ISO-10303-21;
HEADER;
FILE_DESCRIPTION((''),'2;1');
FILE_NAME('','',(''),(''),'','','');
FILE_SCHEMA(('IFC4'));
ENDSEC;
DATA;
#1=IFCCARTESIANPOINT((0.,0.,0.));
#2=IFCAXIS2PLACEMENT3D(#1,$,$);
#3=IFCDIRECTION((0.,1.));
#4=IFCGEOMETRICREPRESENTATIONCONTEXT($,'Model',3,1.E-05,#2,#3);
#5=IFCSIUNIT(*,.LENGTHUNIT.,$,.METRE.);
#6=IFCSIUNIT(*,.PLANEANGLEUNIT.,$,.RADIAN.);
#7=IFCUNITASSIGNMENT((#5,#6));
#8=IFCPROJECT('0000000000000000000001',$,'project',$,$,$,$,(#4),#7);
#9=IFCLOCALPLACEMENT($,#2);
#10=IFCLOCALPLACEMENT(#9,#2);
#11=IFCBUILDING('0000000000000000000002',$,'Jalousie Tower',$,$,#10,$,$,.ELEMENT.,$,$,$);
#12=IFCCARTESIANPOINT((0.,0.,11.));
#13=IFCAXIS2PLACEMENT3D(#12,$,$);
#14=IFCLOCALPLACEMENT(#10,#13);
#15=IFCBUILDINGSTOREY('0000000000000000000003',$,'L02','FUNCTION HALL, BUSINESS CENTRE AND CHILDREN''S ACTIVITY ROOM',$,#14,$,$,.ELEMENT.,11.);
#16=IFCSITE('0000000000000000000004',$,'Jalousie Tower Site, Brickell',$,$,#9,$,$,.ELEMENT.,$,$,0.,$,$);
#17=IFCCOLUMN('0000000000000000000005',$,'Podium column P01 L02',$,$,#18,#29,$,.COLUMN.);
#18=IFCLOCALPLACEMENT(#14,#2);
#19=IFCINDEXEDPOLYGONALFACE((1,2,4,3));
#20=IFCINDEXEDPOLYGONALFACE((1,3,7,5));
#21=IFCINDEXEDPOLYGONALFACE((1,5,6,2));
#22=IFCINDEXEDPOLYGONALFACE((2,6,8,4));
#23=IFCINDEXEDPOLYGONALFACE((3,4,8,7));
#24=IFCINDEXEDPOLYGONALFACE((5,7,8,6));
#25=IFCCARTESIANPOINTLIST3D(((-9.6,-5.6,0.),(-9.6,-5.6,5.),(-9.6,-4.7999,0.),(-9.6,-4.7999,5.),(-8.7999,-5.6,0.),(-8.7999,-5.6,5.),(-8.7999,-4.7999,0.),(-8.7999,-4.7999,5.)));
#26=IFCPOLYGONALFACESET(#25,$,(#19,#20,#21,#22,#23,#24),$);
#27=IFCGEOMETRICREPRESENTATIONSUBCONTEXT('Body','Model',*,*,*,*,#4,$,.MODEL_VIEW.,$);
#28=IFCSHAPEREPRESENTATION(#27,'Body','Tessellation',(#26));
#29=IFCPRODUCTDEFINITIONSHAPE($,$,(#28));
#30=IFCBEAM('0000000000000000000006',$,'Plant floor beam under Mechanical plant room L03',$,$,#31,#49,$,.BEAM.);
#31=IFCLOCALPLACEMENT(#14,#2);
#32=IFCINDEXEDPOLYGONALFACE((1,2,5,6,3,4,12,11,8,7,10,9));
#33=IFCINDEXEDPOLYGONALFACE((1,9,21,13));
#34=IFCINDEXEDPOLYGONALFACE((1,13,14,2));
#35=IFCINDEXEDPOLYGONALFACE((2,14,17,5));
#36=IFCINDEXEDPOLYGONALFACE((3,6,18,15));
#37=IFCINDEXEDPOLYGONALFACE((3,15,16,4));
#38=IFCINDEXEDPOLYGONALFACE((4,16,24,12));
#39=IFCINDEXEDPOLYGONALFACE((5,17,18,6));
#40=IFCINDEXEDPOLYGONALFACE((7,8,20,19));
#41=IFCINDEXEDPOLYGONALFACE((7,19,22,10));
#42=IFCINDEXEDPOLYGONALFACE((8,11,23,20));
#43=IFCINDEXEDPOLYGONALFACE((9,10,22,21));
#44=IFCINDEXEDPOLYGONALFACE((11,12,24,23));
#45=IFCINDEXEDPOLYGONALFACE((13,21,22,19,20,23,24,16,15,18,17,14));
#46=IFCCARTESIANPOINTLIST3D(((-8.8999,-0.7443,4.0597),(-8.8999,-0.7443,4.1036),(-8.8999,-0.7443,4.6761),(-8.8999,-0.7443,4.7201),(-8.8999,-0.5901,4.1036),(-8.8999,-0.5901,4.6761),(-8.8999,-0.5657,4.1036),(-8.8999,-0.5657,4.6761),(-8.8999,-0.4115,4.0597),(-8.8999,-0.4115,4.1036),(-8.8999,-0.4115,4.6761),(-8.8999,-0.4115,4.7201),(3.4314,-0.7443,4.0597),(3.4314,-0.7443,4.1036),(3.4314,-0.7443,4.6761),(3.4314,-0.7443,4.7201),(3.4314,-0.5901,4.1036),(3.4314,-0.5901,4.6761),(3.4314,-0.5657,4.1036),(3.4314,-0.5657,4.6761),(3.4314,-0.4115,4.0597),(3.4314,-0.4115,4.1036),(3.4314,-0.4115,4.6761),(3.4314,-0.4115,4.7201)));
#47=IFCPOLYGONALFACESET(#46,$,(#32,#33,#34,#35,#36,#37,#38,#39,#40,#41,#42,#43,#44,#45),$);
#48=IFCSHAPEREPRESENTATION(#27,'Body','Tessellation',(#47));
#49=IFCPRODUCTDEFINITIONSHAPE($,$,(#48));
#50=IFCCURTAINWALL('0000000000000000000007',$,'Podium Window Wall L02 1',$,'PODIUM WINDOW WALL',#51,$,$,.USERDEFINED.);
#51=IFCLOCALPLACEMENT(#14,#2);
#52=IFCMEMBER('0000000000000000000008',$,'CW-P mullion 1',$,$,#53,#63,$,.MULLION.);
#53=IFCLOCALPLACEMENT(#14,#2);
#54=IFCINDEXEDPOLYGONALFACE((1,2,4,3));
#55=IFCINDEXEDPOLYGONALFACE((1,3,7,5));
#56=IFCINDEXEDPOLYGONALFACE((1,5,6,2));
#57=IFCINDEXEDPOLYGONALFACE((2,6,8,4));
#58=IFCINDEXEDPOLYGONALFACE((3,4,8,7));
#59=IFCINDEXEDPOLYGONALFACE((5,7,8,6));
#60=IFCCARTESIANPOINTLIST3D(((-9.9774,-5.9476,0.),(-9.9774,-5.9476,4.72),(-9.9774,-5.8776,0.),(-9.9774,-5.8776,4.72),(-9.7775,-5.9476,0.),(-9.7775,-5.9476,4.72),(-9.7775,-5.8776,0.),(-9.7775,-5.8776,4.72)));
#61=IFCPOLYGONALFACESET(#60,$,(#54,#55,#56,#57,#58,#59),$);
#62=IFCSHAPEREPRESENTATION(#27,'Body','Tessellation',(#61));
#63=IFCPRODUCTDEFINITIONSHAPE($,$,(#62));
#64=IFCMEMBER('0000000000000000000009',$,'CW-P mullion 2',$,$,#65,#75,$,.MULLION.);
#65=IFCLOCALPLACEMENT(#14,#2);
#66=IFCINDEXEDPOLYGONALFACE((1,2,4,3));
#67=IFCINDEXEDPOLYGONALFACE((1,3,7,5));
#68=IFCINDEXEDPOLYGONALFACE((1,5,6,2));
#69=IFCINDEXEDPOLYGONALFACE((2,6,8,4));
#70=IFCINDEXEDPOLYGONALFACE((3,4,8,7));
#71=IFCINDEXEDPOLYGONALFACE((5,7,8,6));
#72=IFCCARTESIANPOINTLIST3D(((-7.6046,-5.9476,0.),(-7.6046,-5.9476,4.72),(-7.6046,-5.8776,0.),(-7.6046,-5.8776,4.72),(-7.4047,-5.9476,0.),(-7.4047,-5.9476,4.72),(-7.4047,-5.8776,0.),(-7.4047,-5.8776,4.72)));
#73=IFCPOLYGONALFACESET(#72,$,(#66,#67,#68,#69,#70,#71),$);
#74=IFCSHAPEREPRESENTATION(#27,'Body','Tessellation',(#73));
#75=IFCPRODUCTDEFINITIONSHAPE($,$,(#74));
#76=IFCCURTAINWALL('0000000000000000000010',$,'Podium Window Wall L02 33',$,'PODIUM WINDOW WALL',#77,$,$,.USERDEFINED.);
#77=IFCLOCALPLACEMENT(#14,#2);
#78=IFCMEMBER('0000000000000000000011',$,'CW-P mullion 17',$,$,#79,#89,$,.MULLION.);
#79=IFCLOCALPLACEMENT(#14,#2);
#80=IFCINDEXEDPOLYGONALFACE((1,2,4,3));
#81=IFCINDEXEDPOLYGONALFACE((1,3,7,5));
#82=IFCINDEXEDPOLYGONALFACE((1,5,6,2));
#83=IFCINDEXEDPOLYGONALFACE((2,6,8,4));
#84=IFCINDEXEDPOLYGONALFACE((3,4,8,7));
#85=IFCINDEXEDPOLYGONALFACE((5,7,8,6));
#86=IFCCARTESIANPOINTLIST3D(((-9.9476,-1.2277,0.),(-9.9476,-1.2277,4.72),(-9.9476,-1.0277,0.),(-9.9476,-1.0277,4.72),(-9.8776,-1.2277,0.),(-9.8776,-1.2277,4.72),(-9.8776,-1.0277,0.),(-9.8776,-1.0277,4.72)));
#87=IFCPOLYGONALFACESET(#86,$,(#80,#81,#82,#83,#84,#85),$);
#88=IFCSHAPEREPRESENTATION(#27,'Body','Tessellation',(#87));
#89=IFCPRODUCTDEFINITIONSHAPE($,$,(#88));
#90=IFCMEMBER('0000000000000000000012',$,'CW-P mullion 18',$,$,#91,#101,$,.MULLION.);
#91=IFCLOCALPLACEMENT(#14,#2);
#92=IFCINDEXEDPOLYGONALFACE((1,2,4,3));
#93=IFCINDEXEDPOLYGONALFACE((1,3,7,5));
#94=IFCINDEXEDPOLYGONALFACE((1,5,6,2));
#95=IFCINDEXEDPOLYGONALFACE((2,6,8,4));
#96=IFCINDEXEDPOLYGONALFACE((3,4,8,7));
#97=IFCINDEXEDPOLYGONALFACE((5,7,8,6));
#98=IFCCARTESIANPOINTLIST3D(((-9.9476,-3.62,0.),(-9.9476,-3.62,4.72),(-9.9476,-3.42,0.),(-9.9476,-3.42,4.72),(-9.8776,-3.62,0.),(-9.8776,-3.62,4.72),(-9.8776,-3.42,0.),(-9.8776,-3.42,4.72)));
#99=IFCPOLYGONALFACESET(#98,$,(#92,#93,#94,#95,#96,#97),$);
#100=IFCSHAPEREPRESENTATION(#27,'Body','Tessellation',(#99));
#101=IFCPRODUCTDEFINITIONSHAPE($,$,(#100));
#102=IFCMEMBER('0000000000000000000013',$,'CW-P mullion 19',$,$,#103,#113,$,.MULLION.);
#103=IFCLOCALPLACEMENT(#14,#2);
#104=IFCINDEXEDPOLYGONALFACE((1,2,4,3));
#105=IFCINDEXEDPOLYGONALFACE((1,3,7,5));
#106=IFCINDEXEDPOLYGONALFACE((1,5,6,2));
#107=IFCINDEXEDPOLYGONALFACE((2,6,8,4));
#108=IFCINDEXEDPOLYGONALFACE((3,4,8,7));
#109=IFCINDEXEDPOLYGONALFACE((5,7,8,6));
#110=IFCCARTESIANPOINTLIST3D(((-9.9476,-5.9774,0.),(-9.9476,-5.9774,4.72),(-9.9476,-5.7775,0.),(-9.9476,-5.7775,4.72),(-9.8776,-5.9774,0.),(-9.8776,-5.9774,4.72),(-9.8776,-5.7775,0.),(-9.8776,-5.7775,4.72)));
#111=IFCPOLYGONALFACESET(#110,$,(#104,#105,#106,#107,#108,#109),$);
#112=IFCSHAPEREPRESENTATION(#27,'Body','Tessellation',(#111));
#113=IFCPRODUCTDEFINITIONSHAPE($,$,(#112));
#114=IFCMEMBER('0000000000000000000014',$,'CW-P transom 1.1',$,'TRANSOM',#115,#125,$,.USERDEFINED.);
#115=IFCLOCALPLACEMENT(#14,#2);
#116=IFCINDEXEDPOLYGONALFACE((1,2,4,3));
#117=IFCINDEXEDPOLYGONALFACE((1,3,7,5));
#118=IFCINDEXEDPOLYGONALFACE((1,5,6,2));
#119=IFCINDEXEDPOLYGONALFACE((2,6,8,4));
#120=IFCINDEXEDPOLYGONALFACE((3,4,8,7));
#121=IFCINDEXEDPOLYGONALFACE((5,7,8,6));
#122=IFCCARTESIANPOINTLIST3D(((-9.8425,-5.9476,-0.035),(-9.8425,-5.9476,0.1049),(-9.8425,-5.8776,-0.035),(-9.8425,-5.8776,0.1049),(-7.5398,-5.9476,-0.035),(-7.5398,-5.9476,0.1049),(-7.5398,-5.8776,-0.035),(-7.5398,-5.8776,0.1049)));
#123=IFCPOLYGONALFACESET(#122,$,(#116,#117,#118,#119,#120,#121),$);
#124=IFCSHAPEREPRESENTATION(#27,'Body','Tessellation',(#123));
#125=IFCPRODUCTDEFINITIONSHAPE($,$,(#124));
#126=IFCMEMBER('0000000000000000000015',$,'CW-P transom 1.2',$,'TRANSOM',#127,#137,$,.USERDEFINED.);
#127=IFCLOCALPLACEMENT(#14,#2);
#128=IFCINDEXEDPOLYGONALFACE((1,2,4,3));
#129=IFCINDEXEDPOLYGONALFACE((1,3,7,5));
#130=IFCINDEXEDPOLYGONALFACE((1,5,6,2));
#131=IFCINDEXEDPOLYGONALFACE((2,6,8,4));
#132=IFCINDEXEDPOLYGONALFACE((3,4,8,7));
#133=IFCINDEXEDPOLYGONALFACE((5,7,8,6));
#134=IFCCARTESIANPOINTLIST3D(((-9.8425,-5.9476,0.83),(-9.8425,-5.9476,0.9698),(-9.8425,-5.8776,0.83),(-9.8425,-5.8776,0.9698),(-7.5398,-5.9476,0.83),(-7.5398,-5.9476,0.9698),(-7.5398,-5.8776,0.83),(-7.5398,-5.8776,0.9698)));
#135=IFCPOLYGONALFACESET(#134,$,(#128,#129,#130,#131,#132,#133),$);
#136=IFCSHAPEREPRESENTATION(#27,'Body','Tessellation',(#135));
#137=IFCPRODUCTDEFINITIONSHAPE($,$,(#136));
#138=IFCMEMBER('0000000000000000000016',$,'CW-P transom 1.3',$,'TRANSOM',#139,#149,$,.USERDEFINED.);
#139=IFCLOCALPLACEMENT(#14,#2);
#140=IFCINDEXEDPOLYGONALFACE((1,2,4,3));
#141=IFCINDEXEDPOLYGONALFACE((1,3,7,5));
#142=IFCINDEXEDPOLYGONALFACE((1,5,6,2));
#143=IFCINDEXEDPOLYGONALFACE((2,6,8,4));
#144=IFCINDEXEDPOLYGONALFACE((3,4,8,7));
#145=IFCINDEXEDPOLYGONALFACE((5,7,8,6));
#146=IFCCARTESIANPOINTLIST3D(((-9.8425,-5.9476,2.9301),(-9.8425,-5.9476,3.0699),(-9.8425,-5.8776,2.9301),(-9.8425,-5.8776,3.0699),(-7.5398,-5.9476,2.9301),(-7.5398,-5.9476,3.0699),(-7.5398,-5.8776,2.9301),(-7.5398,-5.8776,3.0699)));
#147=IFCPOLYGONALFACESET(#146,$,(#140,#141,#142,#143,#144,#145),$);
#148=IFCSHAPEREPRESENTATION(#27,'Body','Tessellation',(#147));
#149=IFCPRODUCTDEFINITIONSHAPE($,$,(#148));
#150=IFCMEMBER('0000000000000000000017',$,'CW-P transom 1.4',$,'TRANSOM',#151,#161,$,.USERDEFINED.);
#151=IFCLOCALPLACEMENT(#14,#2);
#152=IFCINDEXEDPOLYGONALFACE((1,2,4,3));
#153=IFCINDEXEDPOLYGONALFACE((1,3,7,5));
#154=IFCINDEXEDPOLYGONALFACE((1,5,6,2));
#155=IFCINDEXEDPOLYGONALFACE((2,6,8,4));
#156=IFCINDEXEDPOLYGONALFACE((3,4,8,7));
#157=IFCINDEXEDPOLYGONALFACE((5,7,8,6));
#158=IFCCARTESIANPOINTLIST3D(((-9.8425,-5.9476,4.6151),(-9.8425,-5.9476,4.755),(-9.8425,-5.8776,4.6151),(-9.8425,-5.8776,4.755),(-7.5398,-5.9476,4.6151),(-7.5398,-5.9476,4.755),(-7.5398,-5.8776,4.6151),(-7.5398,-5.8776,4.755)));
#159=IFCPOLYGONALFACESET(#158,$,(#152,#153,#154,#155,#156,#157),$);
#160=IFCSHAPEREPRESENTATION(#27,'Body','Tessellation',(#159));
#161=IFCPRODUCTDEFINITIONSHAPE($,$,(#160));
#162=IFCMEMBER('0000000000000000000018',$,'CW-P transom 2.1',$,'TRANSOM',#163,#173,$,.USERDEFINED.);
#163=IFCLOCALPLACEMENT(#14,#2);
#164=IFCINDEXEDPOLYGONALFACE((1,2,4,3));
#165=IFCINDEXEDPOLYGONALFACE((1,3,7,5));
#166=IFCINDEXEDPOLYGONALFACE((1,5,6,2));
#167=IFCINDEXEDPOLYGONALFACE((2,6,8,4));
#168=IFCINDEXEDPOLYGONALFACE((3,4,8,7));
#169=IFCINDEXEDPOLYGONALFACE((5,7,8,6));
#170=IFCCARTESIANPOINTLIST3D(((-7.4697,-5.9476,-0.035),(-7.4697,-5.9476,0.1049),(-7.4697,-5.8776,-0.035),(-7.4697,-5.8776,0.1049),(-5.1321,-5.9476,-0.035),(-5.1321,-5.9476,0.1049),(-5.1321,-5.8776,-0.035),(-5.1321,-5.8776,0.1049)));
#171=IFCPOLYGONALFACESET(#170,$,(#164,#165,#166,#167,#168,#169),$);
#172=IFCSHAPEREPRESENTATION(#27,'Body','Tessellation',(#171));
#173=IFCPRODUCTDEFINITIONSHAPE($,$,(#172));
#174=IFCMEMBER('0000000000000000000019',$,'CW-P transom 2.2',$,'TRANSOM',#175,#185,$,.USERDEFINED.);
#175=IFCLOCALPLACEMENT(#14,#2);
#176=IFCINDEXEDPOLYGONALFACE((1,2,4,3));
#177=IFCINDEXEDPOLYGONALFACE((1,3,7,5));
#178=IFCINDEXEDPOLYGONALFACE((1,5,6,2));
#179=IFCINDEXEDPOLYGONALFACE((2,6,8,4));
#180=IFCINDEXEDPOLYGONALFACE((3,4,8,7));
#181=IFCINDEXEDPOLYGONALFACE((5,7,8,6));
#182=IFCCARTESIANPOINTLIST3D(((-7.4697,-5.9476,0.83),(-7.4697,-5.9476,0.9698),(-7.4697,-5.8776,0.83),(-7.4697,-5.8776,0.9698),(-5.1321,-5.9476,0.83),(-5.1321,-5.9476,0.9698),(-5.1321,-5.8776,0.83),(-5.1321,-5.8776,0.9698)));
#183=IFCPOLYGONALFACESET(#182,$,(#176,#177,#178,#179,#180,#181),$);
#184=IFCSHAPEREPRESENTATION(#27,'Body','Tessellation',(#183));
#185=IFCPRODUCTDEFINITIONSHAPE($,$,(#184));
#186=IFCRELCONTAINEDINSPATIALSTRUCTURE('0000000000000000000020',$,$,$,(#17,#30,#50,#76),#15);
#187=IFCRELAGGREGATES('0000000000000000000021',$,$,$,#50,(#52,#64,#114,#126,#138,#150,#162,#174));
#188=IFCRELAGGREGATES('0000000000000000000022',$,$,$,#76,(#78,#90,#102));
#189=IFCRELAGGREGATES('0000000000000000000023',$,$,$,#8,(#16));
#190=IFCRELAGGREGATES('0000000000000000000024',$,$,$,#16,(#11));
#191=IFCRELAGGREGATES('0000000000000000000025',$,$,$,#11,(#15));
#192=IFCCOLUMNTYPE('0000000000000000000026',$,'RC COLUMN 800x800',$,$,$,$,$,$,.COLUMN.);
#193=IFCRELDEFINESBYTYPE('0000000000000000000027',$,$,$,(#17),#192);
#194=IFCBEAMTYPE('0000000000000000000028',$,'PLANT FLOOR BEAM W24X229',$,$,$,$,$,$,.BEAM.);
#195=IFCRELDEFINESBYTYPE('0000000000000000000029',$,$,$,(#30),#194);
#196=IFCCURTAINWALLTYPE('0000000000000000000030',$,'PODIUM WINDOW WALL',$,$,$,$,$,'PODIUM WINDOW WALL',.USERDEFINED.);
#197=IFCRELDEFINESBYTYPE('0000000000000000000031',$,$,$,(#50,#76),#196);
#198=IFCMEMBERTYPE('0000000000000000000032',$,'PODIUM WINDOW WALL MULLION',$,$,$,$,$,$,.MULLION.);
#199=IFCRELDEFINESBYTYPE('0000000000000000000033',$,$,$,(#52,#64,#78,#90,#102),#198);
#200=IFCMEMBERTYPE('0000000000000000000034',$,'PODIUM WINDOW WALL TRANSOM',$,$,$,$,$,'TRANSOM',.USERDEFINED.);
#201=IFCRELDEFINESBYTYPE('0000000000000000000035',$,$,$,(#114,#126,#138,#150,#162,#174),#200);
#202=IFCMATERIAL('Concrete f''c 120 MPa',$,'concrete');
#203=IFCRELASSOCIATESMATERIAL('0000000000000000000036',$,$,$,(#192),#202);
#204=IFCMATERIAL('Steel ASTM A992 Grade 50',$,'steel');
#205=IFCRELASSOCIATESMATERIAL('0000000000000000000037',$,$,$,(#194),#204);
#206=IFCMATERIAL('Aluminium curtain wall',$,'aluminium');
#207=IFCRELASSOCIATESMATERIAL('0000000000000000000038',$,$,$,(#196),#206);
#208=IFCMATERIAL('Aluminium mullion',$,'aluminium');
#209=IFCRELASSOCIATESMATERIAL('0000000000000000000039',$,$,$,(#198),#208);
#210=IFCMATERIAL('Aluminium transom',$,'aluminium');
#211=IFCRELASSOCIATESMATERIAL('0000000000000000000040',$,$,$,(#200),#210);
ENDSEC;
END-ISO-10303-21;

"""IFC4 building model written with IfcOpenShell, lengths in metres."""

from ifc_helpers import new_model, si_unit, direction, frame, origin, origin_2d, place, context, subcontext, project, spatial, rectangle, i_section, extrude, material, material_profile, profile_set, type_object, element, aggregate, save


model = new_model("IFC4")

# Units and contexts
model_context = context("Model", 3, precision=1e-05, world=origin(), true_north=direction((0.0, 1.0)))
body_context = subcontext(model_context, "Body", "Model", "MODEL_VIEW")
ifc_project = project(units=[si_unit("LENGTHUNIT", "METRE"), si_unit("PLANEANGLEUNIT", "RADIAN")], contexts=[model_context])

# Site, building, storey
site_placement = place(None, origin())
site = spatial("IfcSite", under=ifc_project, at=site_placement, Name="Jalousie Tower Site, Brickell", CompositionType="ELEMENT", RefElevation=0.0)
building_placement = place(site_placement, origin())
building = spatial("IfcBuilding", under=site, at=building_placement, Name="Jalousie Tower", CompositionType="ELEMENT")
storey_placement = place(building_placement, frame((0.0, 0.0, 11.0)))
storey = spatial("IfcBuildingStorey", under=building, at=storey_placement, Name="L02", Description="FUNCTION HALL, BUSINESS CENTRE AND CHILDREN'S ACTIVITY ROOM", CompositionType="ELEMENT", Elevation=11.0)

# Column
ifc_material_1 = material(Name="Concrete f'c 120 MPa", Category="concrete")
ifc_material_profile_1 = material_profile(ifc_material_1, rectangle(XDim=0.8, YDim=0.8, at=origin_2d()), Name="RC 800x800")
ifc_profile_set_1 = profile_set([ifc_material_profile_1], Name="Concrete f'c 120 MPa")
column_type = type_object("IfcColumnType", Name="RC COLUMN 800x800", PredefinedType="COLUMN", material=ifc_profile_set_1)
column_placement = place(storey_placement, frame((-9.2, -5.2, 0.0), z_axis=(0.0, 0.0, 1.0), x_axis=(1.0, 0.0, 0.0)))
element("IfcColumn", 1, at=column_placement, inside=storey, type_object=column_type, Name="Podium column P01 L02", PredefinedType="COLUMN", context=body_context, shape_type="SweptSolid", body=[
    extrude(rectangle(XDim=0.8, YDim=0.8, at=origin_2d()), origin(), (0.0, 0.0, 1.0), 5.0),
])

# Beam
ifc_material_2 = material(Name="Steel ASTM A992 Grade 50", Category="steel")
ifc_material_profile_2 = material_profile(ifc_material_2, i_section(OverallWidth=0.3328, OverallDepth=0.6604, WebThickness=0.0244, FlangeThickness=0.0439, at=origin_2d()), Name="W24X229")
ifc_profile_set_2 = profile_set([ifc_material_profile_2], Name="Steel ASTM A992 Grade 50")
beam_type_1 = type_object("IfcBeamType", Name="PLANT FLOOR BEAM W24X229", PredefinedType="BEAM", material=ifc_profile_set_2)
beam_1_placement = place(storey_placement, frame((-8.8999, -0.5779, 4.3899), z_axis=(1.0, 0.0, 0.0), x_axis=(0.0, 1.0, 0.0)))
element("IfcBeam", 2, at=beam_1_placement, inside=storey, type_object=beam_type_1, Name="Plant floor beam under Mechanical plant room L03", PredefinedType="BEAM", context=body_context, shape_type="SweptSolid", body=[
    extrude(i_section(OverallWidth=0.3328, OverallDepth=0.6604, WebThickness=0.0244, FlangeThickness=0.0439, at=origin_2d()), origin(), (0.0, 0.0, 1.0), 12.3313),
])

# Curtain walls, members
ifc_material_3 = material(Name="Aluminium curtain wall", Category="aluminium")
curtain_wall_type = type_object("IfcCurtainWallType", Name="PODIUM WINDOW WALL", ElementType="PODIUM WINDOW WALL", PredefinedType="USERDEFINED", material=ifc_material_3)
curtain_wall_1_placement = place(storey_placement, origin())
curtain_wall_1 = element("IfcCurtainWall", 3, at=curtain_wall_1_placement, inside=storey, type_object=curtain_wall_type, Name="Podium Window Wall L02 1", ObjectType="PODIUM WINDOW WALL", PredefinedType="USERDEFINED")
ifc_material_4 = material(Name="Aluminium mullion", Category="aluminium")
ifc_material_profile_3 = material_profile(ifc_material_4, rectangle(XDim=0.0701, YDim=0.2, at=origin_2d()), Name="MULLION 70x200")
ifc_profile_set_3 = profile_set([ifc_material_profile_3], Name="Aluminium mullion")
member_type_1 = type_object("IfcMemberType", Name="PODIUM WINDOW WALL MULLION", PredefinedType="MULLION", material=ifc_profile_set_3)
member_1_placement = place(storey_placement, frame((-9.8774, -5.9126, 0.0), z_axis=(0.0, 0.0, 1.0), x_axis=(0.0, 1.0, 0.0)))
member_1 = element("IfcMember", 4, at=member_1_placement, type_object=member_type_1, Name="CW-P mullion 1", PredefinedType="MULLION", context=body_context, shape_type="SweptSolid", body=[
    extrude(rectangle(XDim=0.0701, YDim=0.2, at=origin_2d()), origin(), (0.0, 0.0, 1.0), 4.72),
])
member_2_placement = place(storey_placement, frame((-7.5046, -5.9126, 0.0), z_axis=(0.0, 0.0, 1.0), x_axis=(0.0, 1.0, 0.0)))
member_2 = element("IfcMember", 5, at=member_2_placement, type_object=member_type_1, Name="CW-P mullion 2", PredefinedType="MULLION", context=body_context, shape_type="SweptSolid", body=[
    extrude(rectangle(XDim=0.0701, YDim=0.2, at=origin_2d()), origin(), (0.0, 0.0, 1.0), 4.72),
])
curtain_wall_2_placement = place(storey_placement, origin())
curtain_wall_2 = element("IfcCurtainWall", 6, at=curtain_wall_2_placement, inside=storey, type_object=curtain_wall_type, Name="Podium Window Wall L02 33", ObjectType="PODIUM WINDOW WALL", PredefinedType="USERDEFINED")
member_3_placement = place(storey_placement, frame((-9.9126, -1.1277, 0.0), z_axis=(0.0, 0.0, 1.0), x_axis=(1.0, 0.0, 0.0)))
member_3 = element("IfcMember", 7, at=member_3_placement, type_object=member_type_1, Name="CW-P mullion 17", PredefinedType="MULLION", context=body_context, shape_type="SweptSolid", body=[
    extrude(rectangle(XDim=0.0701, YDim=0.2, at=origin_2d()), origin(), (0.0, 0.0, 1.0), 4.72),
])
member_4_placement = place(storey_placement, frame((-9.9126, -3.52, 0.0), z_axis=(0.0, 0.0, 1.0), x_axis=(1.0, 0.0, 0.0)))
member_4 = element("IfcMember", 8, at=member_4_placement, type_object=member_type_1, Name="CW-P mullion 18", PredefinedType="MULLION", context=body_context, shape_type="SweptSolid", body=[
    extrude(rectangle(XDim=0.0701, YDim=0.2, at=origin_2d()), origin(), (0.0, 0.0, 1.0), 4.72),
])
member_5_placement = place(storey_placement, frame((-9.9126, -5.8774, 0.0), z_axis=(0.0, 0.0, 1.0), x_axis=(1.0, 0.0, 0.0)))
member_5 = element("IfcMember", 9, at=member_5_placement, type_object=member_type_1, Name="CW-P mullion 19", PredefinedType="MULLION", context=body_context, shape_type="SweptSolid", body=[
    extrude(rectangle(XDim=0.0701, YDim=0.2, at=origin_2d()), origin(), (0.0, 0.0, 1.0), 4.72),
])

# Members
ifc_material_5 = material(Name="Aluminium transom", Category="aluminium")
ifc_material_profile_4 = material_profile(ifc_material_5, rectangle(XDim=0.0701, YDim=0.1399, at=origin_2d()), Name="TRANSOM 70x140")
ifc_profile_set_4 = profile_set([ifc_material_profile_4], Name="Aluminium transom")
member_type_2 = type_object("IfcMemberType", Name="PODIUM WINDOW WALL TRANSOM", ElementType="TRANSOM", PredefinedType="USERDEFINED", material=ifc_profile_set_4)
member_6_placement = place(storey_placement, frame((-9.8425, -5.9126, 0.0349), z_axis=(1.0, 0.0, 0.0), x_axis=(0.0, 1.0, 0.0)))
member_6 = element("IfcMember", 10, at=member_6_placement, type_object=member_type_2, Name="CW-P transom 1.1", ObjectType="TRANSOM", PredefinedType="USERDEFINED", context=body_context, shape_type="SweptSolid", body=[
    extrude(rectangle(XDim=0.0701, YDim=0.1399, at=origin_2d()), origin(), (0.0, 0.0, 1.0), 2.3027),
])
member_7_placement = place(storey_placement, frame((-9.8425, -5.9126, 0.8999), z_axis=(1.0, 0.0, 0.0), x_axis=(0.0, 1.0, 0.0)))
member_7 = element("IfcMember", 11, at=member_7_placement, type_object=member_type_2, Name="CW-P transom 1.2", ObjectType="TRANSOM", PredefinedType="USERDEFINED", context=body_context, shape_type="SweptSolid", body=[
    extrude(rectangle(XDim=0.0701, YDim=0.1399, at=origin_2d()), origin(), (0.0, 0.0, 1.0), 2.3027),
])
member_8_placement = place(storey_placement, frame((-9.8425, -5.9126, 3.0), z_axis=(1.0, 0.0, 0.0), x_axis=(0.0, 1.0, 0.0)))
member_8 = element("IfcMember", 12, at=member_8_placement, type_object=member_type_2, Name="CW-P transom 1.3", ObjectType="TRANSOM", PredefinedType="USERDEFINED", context=body_context, shape_type="SweptSolid", body=[
    extrude(rectangle(XDim=0.0701, YDim=0.1399, at=origin_2d()), origin(), (0.0, 0.0, 1.0), 2.3027),
])
member_9_placement = place(storey_placement, frame((-9.8425, -5.9126, 4.6851), z_axis=(1.0, 0.0, 0.0), x_axis=(0.0, 1.0, 0.0)))
member_9 = element("IfcMember", 13, at=member_9_placement, type_object=member_type_2, Name="CW-P transom 1.4", ObjectType="TRANSOM", PredefinedType="USERDEFINED", context=body_context, shape_type="SweptSolid", body=[
    extrude(rectangle(XDim=0.0701, YDim=0.1399, at=origin_2d()), origin(), (0.0, 0.0, 1.0), 2.3027),
])
member_10_placement = place(storey_placement, frame((-7.4697, -5.9126, 0.0349), z_axis=(1.0, 0.0, 0.0), x_axis=(0.0, 1.0, 0.0)))
member_10 = element("IfcMember", 14, at=member_10_placement, type_object=member_type_2, Name="CW-P transom 2.1", ObjectType="TRANSOM", PredefinedType="USERDEFINED", context=body_context, shape_type="SweptSolid", body=[
    extrude(rectangle(XDim=0.0701, YDim=0.1399, at=origin_2d()), origin(), (0.0, 0.0, 1.0), 2.3376),
])
member_11_placement = place(storey_placement, frame((-7.4697, -5.9126, 0.8999), z_axis=(1.0, 0.0, 0.0), x_axis=(0.0, 1.0, 0.0)))
member_11 = element("IfcMember", 15, at=member_11_placement, type_object=member_type_2, Name="CW-P transom 2.2", ObjectType="TRANSOM", PredefinedType="USERDEFINED", context=body_context, shape_type="SweptSolid", body=[
    extrude(rectangle(XDim=0.0701, YDim=0.1399, at=origin_2d()), origin(), (0.0, 0.0, 1.0), 2.3376),
])

aggregate(curtain_wall_1, [member_1, member_2, member_6, member_7, member_8, member_9, member_10, member_11])
aggregate(curtain_wall_2, [member_3, member_4, member_5])

save(model, "model.ifc")
